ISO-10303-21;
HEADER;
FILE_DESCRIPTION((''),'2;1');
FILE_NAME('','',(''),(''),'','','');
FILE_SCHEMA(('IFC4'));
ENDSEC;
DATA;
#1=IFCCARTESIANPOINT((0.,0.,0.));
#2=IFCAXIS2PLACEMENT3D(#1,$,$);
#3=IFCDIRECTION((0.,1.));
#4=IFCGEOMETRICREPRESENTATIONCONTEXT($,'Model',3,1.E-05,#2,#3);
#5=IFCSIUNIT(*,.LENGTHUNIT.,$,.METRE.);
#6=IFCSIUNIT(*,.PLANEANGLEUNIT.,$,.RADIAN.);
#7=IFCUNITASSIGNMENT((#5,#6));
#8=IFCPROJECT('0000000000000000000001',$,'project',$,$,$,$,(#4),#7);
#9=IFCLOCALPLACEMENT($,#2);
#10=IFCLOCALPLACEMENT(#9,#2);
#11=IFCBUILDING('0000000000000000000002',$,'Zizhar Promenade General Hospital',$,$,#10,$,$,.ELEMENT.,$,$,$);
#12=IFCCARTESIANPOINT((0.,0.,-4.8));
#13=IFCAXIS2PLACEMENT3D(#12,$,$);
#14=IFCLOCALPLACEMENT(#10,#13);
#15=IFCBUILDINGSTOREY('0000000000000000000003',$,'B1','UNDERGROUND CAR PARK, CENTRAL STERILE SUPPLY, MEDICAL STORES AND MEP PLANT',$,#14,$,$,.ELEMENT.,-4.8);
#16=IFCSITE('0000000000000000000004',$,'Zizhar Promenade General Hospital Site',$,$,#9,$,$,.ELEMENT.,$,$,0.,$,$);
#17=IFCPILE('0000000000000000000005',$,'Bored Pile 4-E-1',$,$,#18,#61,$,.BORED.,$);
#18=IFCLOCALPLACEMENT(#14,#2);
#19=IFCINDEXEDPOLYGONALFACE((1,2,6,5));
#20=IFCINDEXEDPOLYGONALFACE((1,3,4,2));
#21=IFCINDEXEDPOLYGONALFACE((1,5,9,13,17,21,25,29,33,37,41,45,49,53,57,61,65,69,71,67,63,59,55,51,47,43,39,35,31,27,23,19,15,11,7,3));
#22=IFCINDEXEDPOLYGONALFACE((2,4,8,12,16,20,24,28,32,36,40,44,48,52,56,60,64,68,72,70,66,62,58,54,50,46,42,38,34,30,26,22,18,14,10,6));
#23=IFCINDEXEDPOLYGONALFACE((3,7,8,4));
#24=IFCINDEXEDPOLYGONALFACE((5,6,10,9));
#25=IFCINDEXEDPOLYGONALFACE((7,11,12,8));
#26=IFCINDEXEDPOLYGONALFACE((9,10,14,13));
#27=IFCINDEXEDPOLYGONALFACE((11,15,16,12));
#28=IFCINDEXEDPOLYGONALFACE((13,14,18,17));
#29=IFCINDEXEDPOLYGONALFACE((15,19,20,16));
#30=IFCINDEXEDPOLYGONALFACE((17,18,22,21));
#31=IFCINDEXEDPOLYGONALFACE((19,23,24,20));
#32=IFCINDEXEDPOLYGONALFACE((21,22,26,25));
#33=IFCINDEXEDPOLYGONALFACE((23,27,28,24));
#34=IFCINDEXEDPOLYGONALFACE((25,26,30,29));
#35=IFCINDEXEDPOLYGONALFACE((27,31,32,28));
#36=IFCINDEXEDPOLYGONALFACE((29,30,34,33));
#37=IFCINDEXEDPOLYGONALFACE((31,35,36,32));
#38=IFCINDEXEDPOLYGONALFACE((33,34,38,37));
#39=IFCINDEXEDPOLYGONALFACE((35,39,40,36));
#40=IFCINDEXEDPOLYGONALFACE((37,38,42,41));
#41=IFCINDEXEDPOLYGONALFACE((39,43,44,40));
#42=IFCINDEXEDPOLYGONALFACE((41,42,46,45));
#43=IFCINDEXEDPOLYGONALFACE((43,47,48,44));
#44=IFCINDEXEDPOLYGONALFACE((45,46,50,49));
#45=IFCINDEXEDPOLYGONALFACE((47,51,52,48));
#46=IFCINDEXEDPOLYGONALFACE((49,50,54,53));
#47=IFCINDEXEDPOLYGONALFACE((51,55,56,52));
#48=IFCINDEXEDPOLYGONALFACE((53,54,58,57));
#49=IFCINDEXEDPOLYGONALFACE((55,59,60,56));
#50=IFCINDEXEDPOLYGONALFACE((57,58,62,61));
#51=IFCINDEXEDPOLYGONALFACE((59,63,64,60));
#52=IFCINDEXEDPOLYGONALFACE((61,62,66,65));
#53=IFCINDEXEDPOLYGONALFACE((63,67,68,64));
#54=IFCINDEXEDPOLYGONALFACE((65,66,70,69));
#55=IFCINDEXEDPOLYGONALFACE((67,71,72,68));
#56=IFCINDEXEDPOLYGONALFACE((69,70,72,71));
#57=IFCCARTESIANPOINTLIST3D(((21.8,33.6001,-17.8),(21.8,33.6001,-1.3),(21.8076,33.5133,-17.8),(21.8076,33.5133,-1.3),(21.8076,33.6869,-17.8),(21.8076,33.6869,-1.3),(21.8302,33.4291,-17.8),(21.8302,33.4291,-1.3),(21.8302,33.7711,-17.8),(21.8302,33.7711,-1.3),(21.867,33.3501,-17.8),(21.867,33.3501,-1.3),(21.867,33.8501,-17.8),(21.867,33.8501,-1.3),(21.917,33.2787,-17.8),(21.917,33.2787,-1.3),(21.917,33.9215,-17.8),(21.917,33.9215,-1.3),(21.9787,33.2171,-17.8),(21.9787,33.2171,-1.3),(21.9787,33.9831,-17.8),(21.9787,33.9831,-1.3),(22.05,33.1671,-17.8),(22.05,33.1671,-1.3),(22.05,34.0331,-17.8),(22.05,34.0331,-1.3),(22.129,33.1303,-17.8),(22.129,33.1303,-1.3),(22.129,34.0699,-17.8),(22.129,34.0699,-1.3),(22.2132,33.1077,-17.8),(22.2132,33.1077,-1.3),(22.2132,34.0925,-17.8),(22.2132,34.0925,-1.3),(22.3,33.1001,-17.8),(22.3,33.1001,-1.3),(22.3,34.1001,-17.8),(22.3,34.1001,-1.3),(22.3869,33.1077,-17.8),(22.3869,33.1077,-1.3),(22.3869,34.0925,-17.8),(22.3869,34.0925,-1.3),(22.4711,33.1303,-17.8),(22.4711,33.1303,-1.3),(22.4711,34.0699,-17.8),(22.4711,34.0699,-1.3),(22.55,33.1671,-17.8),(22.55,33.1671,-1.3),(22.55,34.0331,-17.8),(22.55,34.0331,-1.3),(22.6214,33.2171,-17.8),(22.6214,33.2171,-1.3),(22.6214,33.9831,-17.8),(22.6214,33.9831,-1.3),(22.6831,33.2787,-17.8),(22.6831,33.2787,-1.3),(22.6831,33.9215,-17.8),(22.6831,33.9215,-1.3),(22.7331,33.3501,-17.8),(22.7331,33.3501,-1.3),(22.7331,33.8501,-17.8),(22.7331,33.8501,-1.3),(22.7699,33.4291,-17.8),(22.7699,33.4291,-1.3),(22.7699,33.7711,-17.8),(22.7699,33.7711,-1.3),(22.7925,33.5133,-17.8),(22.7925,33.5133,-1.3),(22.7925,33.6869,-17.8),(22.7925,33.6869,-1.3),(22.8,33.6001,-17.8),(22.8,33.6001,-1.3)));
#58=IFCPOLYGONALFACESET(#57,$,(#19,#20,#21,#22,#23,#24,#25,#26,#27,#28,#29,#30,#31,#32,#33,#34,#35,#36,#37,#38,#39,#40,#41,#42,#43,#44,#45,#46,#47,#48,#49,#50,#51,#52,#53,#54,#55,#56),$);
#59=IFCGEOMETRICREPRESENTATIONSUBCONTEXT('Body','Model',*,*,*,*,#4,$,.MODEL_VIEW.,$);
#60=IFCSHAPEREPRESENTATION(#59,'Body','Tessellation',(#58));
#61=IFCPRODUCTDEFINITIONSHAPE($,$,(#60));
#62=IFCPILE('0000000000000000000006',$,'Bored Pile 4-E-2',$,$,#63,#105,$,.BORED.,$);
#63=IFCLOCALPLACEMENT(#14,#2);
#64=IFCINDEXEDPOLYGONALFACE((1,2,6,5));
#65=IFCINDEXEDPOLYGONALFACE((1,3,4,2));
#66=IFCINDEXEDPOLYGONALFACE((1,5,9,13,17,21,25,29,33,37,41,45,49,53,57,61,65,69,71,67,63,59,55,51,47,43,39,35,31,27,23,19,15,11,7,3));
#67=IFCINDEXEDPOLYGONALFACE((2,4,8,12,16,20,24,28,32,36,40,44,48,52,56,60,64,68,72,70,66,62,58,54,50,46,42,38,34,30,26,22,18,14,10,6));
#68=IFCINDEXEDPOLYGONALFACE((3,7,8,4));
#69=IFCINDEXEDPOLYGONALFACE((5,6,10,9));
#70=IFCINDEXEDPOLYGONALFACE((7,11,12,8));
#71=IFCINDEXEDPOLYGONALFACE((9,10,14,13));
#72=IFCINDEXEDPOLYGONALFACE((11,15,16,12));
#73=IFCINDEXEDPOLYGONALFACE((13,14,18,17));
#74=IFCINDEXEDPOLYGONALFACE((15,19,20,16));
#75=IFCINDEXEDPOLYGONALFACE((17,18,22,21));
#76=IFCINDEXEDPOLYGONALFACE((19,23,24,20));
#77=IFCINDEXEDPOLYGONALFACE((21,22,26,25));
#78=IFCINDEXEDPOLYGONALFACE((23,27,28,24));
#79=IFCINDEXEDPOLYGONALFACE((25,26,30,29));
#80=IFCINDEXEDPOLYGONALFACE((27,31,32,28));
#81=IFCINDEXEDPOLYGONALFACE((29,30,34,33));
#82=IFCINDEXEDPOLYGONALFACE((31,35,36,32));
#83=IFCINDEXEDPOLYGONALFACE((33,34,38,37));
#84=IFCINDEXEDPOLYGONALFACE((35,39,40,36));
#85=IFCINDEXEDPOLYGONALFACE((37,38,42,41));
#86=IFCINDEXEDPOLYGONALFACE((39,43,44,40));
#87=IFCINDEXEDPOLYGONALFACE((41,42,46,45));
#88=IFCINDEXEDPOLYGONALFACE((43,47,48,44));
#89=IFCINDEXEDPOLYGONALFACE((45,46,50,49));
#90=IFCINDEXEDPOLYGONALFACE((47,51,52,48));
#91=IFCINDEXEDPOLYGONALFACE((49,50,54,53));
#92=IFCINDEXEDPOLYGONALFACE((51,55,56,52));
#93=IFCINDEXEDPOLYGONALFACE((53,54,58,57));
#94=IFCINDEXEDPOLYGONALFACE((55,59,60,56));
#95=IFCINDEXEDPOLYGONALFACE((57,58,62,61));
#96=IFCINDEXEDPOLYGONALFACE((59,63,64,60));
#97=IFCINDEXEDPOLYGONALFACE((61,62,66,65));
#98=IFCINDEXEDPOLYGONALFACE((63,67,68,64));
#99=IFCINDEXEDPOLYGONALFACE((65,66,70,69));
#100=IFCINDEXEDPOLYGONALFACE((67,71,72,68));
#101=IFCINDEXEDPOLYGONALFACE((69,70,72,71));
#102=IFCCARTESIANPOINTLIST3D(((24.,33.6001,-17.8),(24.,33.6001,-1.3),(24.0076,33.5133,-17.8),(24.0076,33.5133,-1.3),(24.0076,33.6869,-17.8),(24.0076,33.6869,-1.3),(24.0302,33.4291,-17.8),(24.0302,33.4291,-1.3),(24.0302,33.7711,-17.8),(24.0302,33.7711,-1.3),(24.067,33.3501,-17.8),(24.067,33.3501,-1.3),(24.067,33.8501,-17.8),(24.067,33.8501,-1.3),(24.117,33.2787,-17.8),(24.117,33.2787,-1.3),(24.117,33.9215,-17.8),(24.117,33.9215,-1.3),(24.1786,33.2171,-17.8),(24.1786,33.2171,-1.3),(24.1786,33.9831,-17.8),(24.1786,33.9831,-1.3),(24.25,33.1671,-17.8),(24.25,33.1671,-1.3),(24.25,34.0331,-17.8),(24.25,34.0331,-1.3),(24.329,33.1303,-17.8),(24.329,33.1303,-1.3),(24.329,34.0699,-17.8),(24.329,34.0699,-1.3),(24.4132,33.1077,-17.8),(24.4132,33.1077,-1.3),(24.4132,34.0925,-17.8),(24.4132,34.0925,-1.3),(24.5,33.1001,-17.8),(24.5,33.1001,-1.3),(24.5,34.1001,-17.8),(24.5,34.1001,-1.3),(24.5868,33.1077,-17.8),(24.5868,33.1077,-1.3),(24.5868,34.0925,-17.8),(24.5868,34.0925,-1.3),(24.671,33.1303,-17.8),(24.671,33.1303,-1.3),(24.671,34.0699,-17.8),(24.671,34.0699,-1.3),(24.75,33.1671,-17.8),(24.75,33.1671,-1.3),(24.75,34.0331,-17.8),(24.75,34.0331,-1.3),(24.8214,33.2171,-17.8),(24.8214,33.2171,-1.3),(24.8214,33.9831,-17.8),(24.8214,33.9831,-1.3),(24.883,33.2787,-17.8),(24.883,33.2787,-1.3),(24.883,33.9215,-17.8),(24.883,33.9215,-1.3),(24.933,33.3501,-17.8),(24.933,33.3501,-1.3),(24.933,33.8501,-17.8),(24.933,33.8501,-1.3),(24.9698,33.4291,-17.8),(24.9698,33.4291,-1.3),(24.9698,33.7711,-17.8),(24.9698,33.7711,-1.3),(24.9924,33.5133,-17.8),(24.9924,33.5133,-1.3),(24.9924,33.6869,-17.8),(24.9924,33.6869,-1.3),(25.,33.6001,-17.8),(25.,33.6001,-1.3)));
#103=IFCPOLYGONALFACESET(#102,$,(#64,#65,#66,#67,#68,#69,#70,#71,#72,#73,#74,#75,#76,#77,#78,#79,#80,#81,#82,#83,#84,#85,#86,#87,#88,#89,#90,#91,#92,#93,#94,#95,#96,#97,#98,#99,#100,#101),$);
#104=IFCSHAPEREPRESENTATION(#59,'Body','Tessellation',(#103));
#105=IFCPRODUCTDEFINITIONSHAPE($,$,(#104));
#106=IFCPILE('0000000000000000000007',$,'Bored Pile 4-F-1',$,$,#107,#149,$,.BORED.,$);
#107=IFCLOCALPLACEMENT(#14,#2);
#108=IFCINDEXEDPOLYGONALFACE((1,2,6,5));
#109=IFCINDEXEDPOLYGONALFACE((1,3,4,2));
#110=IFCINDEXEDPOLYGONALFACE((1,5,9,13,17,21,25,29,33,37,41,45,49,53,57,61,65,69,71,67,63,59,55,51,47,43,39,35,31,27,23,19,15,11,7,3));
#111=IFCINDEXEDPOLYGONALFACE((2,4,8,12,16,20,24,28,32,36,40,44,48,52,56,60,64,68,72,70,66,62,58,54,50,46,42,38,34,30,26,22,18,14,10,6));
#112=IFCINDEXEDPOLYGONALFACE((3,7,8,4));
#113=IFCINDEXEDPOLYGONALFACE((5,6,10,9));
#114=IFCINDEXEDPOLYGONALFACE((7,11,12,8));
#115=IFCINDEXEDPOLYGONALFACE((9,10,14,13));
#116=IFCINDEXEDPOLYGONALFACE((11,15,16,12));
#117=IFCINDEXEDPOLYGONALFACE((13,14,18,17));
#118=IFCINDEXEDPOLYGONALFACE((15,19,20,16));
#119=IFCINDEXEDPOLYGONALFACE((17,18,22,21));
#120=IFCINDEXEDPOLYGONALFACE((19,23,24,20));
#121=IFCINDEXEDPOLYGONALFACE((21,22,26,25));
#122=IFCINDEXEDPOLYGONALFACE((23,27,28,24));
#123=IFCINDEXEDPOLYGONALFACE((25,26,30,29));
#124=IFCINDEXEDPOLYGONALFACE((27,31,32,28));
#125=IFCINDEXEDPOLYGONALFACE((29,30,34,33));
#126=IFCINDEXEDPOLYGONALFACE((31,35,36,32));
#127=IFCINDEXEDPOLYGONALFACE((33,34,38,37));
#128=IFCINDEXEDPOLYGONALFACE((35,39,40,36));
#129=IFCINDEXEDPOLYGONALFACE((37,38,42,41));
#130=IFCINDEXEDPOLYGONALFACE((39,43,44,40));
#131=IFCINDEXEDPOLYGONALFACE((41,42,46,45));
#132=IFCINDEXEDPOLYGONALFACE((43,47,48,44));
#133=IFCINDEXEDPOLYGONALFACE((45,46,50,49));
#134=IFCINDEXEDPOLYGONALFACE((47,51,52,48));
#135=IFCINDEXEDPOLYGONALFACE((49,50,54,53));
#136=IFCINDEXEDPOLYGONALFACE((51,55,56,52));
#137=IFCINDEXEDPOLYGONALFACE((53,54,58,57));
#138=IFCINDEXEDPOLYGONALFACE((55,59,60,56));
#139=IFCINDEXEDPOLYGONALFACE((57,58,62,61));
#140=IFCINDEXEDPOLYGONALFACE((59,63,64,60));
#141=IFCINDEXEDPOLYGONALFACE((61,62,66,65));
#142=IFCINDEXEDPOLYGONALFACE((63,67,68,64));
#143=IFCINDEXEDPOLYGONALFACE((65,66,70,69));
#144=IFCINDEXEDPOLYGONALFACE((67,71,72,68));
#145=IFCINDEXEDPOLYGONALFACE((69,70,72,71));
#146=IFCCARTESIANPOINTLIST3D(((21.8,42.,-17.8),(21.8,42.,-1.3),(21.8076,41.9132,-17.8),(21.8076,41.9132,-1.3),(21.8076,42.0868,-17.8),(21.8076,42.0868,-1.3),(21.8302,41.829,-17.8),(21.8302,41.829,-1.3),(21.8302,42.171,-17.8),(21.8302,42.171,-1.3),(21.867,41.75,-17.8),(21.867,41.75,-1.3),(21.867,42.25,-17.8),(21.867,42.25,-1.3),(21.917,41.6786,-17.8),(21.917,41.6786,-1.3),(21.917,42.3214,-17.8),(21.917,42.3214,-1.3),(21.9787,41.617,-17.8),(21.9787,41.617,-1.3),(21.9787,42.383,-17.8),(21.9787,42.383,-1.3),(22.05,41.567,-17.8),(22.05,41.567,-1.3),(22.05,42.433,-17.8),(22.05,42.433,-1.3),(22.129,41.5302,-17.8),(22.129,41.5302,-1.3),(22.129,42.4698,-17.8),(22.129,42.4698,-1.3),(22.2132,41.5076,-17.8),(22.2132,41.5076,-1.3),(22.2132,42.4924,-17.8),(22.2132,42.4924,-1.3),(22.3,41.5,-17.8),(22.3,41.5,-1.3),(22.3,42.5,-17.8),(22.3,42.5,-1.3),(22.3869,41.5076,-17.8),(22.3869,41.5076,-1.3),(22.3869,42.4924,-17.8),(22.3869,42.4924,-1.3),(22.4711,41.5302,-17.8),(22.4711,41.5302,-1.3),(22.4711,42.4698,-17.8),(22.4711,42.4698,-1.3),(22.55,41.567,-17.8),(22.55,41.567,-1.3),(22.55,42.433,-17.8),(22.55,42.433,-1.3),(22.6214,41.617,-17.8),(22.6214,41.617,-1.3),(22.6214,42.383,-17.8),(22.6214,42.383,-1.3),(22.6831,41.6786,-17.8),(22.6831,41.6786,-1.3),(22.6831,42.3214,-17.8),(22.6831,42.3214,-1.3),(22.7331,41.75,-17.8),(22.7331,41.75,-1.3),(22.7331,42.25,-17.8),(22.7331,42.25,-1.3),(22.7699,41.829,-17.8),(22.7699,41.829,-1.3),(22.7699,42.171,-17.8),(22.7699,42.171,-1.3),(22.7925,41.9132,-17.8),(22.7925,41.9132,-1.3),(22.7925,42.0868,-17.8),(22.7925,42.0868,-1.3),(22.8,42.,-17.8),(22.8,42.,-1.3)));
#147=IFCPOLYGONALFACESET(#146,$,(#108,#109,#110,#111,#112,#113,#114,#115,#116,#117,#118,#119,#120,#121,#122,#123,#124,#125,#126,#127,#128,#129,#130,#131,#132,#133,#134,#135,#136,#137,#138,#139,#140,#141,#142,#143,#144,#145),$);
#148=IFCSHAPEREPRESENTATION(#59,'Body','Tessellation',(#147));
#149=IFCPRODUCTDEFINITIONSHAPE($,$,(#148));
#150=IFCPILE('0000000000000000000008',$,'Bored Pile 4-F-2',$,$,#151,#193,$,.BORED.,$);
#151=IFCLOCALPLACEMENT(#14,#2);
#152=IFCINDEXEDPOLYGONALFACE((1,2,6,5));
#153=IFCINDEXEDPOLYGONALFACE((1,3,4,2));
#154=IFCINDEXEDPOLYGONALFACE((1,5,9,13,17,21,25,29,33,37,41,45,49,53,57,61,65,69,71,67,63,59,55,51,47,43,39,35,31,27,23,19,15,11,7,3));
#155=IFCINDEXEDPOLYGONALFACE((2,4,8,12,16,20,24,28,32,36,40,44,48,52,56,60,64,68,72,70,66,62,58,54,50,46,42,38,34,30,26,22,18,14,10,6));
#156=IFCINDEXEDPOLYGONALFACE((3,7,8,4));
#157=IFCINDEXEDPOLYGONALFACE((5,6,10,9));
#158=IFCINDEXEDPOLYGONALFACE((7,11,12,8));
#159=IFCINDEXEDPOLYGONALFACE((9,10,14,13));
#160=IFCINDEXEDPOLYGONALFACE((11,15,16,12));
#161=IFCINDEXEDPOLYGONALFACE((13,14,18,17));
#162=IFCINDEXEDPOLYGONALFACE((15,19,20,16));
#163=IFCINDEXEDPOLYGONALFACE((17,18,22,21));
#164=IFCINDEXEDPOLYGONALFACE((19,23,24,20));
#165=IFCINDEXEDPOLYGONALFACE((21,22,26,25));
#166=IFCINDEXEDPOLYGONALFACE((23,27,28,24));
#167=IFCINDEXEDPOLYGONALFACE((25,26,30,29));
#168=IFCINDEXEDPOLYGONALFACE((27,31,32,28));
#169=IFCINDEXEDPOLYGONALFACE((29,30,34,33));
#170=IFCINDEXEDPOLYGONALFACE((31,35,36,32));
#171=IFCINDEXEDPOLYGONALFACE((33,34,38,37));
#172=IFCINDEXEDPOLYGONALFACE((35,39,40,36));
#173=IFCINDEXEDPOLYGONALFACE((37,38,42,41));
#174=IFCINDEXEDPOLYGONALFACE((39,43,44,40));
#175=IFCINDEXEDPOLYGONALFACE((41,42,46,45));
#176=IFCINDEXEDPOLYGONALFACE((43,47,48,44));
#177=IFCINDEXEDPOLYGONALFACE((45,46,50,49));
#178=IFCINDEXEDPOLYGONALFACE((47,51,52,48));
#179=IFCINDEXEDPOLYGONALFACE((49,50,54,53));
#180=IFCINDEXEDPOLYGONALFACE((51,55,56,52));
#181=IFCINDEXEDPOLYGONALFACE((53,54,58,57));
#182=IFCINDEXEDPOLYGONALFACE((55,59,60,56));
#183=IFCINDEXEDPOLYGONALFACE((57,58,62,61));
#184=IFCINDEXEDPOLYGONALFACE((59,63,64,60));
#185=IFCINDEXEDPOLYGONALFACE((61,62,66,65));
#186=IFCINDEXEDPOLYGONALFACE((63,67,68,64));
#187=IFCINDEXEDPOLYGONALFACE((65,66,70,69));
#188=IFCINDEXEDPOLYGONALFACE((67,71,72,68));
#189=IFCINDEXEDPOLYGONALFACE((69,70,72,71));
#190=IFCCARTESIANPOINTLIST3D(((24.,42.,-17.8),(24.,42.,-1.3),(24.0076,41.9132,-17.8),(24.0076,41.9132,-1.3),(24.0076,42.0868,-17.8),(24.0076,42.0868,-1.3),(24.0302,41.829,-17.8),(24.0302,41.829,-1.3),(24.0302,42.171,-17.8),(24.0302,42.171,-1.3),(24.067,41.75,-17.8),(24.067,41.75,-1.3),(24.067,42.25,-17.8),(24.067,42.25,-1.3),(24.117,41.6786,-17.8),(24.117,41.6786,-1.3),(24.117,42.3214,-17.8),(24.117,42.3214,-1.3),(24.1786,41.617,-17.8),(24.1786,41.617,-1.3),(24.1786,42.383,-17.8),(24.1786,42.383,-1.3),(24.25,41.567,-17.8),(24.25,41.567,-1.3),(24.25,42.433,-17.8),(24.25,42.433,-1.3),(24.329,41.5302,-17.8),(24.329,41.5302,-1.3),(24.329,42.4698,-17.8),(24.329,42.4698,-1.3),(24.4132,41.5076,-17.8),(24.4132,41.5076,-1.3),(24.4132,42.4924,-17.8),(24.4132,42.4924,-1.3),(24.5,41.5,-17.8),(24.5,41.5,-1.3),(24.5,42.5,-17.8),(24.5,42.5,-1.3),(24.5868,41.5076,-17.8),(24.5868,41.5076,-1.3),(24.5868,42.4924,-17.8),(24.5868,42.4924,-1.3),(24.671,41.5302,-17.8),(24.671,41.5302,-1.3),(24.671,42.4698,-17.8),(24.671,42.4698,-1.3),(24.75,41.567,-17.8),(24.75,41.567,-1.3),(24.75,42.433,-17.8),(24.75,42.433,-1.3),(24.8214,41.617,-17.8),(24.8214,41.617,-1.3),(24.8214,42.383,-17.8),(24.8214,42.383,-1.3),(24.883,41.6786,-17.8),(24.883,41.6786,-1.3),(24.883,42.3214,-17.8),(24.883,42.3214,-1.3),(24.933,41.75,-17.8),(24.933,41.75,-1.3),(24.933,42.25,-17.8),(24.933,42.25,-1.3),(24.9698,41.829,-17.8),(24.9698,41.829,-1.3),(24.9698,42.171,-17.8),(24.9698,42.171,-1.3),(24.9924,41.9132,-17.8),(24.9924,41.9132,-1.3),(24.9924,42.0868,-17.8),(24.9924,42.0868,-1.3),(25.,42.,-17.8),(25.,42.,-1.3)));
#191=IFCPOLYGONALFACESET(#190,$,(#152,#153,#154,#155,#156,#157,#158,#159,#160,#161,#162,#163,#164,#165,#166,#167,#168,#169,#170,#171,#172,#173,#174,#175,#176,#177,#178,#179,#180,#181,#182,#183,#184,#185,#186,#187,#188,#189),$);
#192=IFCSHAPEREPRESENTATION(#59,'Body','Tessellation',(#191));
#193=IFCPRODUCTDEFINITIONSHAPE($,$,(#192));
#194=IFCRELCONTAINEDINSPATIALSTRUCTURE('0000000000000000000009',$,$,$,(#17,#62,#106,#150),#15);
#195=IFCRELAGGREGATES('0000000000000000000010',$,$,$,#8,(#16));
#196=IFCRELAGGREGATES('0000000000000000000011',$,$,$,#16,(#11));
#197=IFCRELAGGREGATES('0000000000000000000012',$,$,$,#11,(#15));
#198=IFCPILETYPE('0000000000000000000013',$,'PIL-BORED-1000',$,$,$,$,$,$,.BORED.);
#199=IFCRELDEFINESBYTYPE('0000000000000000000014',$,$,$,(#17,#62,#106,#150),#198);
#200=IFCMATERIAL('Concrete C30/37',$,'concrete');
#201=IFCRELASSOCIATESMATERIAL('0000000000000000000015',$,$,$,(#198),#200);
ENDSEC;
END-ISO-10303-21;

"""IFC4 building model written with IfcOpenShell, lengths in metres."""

from ifc_helpers import new_model, si_unit, direction, frame, origin, origin_2d, place, context, subcontext, project, spatial, circle, extrude, material, material_profile, profile_set, type_object, element, save


model = new_model("IFC4")

# Units and contexts
model_context = context("Model", 3, precision=1e-05, world=origin(), true_north=direction((0.0, 1.0)))
body_context = subcontext(model_context, "Body", "Model", "MODEL_VIEW")
ifc_project = project(units=[si_unit("LENGTHUNIT", "METRE"), si_unit("PLANEANGLEUNIT", "RADIAN")], contexts=[model_context])

# Site, building, storey
site_placement = place(None, origin())
site = spatial("IfcSite", under=ifc_project, at=site_placement, Name="Zizhar Promenade General Hospital Site", CompositionType="ELEMENT", RefElevation=0.0)
building_placement = place(site_placement, origin())
building = spatial("IfcBuilding", under=site, at=building_placement, Name="Zizhar Promenade General Hospital", CompositionType="ELEMENT")
storey_placement = place(building_placement, frame((0.0, 0.0, -4.8)))
storey = spatial("IfcBuildingStorey", under=building, at=storey_placement, Name="B1", Description="UNDERGROUND CAR PARK, CENTRAL STERILE SUPPLY, MEDICAL STORES AND MEP PLANT", CompositionType="ELEMENT", Elevation=-4.8)

# Piles
ifc_material_1 = material(Name="Concrete C30/37", Category="concrete")
ifc_material_profile_1 = material_profile(ifc_material_1, circle(Radius=0.5, at=origin_2d()))
ifc_profile_set_1 = profile_set([ifc_material_profile_1], Name="Concrete C30/37")
pile_type = type_object("IfcPileType", Name="PIL-BORED-1000", PredefinedType="BORED", material=ifc_profile_set_1)
for number, where, z_axis, x_axis, name in (
    (1, (22.3, 33.6001, -1.3), (0.0, 0.0, -1.0), (1.0, 0.0, 0.0), "Bored Pile 4-E-1"),
    (2, (24.5, 33.6001, -1.3), (0.0, 0.0, -1.0), (1.0, 0.0, 0.0), "Bored Pile 4-E-2"),
    (3, (22.3, 42.0, -1.3), (0.0, 0.0, -1.0), (1.0, 0.0, 0.0), "Bored Pile 4-F-1"),
    (4, (24.5, 42.0, -1.3), (0.0, 0.0, -1.0), (1.0, 0.0, 0.0), "Bored Pile 4-F-2"),
):
    element("IfcPile", number, at=place(storey_placement, frame(where, z_axis=z_axis, x_axis=x_axis)), inside=storey, type_object=pile_type, Name=name, PredefinedType="BORED", context=body_context, shape_type="SweptSolid", body=[
        extrude(circle(Radius=0.5, at=origin_2d()), origin(), (0.0, 0.0, 1.0), 16.5),
    ])

save(model, "model.ifc")
